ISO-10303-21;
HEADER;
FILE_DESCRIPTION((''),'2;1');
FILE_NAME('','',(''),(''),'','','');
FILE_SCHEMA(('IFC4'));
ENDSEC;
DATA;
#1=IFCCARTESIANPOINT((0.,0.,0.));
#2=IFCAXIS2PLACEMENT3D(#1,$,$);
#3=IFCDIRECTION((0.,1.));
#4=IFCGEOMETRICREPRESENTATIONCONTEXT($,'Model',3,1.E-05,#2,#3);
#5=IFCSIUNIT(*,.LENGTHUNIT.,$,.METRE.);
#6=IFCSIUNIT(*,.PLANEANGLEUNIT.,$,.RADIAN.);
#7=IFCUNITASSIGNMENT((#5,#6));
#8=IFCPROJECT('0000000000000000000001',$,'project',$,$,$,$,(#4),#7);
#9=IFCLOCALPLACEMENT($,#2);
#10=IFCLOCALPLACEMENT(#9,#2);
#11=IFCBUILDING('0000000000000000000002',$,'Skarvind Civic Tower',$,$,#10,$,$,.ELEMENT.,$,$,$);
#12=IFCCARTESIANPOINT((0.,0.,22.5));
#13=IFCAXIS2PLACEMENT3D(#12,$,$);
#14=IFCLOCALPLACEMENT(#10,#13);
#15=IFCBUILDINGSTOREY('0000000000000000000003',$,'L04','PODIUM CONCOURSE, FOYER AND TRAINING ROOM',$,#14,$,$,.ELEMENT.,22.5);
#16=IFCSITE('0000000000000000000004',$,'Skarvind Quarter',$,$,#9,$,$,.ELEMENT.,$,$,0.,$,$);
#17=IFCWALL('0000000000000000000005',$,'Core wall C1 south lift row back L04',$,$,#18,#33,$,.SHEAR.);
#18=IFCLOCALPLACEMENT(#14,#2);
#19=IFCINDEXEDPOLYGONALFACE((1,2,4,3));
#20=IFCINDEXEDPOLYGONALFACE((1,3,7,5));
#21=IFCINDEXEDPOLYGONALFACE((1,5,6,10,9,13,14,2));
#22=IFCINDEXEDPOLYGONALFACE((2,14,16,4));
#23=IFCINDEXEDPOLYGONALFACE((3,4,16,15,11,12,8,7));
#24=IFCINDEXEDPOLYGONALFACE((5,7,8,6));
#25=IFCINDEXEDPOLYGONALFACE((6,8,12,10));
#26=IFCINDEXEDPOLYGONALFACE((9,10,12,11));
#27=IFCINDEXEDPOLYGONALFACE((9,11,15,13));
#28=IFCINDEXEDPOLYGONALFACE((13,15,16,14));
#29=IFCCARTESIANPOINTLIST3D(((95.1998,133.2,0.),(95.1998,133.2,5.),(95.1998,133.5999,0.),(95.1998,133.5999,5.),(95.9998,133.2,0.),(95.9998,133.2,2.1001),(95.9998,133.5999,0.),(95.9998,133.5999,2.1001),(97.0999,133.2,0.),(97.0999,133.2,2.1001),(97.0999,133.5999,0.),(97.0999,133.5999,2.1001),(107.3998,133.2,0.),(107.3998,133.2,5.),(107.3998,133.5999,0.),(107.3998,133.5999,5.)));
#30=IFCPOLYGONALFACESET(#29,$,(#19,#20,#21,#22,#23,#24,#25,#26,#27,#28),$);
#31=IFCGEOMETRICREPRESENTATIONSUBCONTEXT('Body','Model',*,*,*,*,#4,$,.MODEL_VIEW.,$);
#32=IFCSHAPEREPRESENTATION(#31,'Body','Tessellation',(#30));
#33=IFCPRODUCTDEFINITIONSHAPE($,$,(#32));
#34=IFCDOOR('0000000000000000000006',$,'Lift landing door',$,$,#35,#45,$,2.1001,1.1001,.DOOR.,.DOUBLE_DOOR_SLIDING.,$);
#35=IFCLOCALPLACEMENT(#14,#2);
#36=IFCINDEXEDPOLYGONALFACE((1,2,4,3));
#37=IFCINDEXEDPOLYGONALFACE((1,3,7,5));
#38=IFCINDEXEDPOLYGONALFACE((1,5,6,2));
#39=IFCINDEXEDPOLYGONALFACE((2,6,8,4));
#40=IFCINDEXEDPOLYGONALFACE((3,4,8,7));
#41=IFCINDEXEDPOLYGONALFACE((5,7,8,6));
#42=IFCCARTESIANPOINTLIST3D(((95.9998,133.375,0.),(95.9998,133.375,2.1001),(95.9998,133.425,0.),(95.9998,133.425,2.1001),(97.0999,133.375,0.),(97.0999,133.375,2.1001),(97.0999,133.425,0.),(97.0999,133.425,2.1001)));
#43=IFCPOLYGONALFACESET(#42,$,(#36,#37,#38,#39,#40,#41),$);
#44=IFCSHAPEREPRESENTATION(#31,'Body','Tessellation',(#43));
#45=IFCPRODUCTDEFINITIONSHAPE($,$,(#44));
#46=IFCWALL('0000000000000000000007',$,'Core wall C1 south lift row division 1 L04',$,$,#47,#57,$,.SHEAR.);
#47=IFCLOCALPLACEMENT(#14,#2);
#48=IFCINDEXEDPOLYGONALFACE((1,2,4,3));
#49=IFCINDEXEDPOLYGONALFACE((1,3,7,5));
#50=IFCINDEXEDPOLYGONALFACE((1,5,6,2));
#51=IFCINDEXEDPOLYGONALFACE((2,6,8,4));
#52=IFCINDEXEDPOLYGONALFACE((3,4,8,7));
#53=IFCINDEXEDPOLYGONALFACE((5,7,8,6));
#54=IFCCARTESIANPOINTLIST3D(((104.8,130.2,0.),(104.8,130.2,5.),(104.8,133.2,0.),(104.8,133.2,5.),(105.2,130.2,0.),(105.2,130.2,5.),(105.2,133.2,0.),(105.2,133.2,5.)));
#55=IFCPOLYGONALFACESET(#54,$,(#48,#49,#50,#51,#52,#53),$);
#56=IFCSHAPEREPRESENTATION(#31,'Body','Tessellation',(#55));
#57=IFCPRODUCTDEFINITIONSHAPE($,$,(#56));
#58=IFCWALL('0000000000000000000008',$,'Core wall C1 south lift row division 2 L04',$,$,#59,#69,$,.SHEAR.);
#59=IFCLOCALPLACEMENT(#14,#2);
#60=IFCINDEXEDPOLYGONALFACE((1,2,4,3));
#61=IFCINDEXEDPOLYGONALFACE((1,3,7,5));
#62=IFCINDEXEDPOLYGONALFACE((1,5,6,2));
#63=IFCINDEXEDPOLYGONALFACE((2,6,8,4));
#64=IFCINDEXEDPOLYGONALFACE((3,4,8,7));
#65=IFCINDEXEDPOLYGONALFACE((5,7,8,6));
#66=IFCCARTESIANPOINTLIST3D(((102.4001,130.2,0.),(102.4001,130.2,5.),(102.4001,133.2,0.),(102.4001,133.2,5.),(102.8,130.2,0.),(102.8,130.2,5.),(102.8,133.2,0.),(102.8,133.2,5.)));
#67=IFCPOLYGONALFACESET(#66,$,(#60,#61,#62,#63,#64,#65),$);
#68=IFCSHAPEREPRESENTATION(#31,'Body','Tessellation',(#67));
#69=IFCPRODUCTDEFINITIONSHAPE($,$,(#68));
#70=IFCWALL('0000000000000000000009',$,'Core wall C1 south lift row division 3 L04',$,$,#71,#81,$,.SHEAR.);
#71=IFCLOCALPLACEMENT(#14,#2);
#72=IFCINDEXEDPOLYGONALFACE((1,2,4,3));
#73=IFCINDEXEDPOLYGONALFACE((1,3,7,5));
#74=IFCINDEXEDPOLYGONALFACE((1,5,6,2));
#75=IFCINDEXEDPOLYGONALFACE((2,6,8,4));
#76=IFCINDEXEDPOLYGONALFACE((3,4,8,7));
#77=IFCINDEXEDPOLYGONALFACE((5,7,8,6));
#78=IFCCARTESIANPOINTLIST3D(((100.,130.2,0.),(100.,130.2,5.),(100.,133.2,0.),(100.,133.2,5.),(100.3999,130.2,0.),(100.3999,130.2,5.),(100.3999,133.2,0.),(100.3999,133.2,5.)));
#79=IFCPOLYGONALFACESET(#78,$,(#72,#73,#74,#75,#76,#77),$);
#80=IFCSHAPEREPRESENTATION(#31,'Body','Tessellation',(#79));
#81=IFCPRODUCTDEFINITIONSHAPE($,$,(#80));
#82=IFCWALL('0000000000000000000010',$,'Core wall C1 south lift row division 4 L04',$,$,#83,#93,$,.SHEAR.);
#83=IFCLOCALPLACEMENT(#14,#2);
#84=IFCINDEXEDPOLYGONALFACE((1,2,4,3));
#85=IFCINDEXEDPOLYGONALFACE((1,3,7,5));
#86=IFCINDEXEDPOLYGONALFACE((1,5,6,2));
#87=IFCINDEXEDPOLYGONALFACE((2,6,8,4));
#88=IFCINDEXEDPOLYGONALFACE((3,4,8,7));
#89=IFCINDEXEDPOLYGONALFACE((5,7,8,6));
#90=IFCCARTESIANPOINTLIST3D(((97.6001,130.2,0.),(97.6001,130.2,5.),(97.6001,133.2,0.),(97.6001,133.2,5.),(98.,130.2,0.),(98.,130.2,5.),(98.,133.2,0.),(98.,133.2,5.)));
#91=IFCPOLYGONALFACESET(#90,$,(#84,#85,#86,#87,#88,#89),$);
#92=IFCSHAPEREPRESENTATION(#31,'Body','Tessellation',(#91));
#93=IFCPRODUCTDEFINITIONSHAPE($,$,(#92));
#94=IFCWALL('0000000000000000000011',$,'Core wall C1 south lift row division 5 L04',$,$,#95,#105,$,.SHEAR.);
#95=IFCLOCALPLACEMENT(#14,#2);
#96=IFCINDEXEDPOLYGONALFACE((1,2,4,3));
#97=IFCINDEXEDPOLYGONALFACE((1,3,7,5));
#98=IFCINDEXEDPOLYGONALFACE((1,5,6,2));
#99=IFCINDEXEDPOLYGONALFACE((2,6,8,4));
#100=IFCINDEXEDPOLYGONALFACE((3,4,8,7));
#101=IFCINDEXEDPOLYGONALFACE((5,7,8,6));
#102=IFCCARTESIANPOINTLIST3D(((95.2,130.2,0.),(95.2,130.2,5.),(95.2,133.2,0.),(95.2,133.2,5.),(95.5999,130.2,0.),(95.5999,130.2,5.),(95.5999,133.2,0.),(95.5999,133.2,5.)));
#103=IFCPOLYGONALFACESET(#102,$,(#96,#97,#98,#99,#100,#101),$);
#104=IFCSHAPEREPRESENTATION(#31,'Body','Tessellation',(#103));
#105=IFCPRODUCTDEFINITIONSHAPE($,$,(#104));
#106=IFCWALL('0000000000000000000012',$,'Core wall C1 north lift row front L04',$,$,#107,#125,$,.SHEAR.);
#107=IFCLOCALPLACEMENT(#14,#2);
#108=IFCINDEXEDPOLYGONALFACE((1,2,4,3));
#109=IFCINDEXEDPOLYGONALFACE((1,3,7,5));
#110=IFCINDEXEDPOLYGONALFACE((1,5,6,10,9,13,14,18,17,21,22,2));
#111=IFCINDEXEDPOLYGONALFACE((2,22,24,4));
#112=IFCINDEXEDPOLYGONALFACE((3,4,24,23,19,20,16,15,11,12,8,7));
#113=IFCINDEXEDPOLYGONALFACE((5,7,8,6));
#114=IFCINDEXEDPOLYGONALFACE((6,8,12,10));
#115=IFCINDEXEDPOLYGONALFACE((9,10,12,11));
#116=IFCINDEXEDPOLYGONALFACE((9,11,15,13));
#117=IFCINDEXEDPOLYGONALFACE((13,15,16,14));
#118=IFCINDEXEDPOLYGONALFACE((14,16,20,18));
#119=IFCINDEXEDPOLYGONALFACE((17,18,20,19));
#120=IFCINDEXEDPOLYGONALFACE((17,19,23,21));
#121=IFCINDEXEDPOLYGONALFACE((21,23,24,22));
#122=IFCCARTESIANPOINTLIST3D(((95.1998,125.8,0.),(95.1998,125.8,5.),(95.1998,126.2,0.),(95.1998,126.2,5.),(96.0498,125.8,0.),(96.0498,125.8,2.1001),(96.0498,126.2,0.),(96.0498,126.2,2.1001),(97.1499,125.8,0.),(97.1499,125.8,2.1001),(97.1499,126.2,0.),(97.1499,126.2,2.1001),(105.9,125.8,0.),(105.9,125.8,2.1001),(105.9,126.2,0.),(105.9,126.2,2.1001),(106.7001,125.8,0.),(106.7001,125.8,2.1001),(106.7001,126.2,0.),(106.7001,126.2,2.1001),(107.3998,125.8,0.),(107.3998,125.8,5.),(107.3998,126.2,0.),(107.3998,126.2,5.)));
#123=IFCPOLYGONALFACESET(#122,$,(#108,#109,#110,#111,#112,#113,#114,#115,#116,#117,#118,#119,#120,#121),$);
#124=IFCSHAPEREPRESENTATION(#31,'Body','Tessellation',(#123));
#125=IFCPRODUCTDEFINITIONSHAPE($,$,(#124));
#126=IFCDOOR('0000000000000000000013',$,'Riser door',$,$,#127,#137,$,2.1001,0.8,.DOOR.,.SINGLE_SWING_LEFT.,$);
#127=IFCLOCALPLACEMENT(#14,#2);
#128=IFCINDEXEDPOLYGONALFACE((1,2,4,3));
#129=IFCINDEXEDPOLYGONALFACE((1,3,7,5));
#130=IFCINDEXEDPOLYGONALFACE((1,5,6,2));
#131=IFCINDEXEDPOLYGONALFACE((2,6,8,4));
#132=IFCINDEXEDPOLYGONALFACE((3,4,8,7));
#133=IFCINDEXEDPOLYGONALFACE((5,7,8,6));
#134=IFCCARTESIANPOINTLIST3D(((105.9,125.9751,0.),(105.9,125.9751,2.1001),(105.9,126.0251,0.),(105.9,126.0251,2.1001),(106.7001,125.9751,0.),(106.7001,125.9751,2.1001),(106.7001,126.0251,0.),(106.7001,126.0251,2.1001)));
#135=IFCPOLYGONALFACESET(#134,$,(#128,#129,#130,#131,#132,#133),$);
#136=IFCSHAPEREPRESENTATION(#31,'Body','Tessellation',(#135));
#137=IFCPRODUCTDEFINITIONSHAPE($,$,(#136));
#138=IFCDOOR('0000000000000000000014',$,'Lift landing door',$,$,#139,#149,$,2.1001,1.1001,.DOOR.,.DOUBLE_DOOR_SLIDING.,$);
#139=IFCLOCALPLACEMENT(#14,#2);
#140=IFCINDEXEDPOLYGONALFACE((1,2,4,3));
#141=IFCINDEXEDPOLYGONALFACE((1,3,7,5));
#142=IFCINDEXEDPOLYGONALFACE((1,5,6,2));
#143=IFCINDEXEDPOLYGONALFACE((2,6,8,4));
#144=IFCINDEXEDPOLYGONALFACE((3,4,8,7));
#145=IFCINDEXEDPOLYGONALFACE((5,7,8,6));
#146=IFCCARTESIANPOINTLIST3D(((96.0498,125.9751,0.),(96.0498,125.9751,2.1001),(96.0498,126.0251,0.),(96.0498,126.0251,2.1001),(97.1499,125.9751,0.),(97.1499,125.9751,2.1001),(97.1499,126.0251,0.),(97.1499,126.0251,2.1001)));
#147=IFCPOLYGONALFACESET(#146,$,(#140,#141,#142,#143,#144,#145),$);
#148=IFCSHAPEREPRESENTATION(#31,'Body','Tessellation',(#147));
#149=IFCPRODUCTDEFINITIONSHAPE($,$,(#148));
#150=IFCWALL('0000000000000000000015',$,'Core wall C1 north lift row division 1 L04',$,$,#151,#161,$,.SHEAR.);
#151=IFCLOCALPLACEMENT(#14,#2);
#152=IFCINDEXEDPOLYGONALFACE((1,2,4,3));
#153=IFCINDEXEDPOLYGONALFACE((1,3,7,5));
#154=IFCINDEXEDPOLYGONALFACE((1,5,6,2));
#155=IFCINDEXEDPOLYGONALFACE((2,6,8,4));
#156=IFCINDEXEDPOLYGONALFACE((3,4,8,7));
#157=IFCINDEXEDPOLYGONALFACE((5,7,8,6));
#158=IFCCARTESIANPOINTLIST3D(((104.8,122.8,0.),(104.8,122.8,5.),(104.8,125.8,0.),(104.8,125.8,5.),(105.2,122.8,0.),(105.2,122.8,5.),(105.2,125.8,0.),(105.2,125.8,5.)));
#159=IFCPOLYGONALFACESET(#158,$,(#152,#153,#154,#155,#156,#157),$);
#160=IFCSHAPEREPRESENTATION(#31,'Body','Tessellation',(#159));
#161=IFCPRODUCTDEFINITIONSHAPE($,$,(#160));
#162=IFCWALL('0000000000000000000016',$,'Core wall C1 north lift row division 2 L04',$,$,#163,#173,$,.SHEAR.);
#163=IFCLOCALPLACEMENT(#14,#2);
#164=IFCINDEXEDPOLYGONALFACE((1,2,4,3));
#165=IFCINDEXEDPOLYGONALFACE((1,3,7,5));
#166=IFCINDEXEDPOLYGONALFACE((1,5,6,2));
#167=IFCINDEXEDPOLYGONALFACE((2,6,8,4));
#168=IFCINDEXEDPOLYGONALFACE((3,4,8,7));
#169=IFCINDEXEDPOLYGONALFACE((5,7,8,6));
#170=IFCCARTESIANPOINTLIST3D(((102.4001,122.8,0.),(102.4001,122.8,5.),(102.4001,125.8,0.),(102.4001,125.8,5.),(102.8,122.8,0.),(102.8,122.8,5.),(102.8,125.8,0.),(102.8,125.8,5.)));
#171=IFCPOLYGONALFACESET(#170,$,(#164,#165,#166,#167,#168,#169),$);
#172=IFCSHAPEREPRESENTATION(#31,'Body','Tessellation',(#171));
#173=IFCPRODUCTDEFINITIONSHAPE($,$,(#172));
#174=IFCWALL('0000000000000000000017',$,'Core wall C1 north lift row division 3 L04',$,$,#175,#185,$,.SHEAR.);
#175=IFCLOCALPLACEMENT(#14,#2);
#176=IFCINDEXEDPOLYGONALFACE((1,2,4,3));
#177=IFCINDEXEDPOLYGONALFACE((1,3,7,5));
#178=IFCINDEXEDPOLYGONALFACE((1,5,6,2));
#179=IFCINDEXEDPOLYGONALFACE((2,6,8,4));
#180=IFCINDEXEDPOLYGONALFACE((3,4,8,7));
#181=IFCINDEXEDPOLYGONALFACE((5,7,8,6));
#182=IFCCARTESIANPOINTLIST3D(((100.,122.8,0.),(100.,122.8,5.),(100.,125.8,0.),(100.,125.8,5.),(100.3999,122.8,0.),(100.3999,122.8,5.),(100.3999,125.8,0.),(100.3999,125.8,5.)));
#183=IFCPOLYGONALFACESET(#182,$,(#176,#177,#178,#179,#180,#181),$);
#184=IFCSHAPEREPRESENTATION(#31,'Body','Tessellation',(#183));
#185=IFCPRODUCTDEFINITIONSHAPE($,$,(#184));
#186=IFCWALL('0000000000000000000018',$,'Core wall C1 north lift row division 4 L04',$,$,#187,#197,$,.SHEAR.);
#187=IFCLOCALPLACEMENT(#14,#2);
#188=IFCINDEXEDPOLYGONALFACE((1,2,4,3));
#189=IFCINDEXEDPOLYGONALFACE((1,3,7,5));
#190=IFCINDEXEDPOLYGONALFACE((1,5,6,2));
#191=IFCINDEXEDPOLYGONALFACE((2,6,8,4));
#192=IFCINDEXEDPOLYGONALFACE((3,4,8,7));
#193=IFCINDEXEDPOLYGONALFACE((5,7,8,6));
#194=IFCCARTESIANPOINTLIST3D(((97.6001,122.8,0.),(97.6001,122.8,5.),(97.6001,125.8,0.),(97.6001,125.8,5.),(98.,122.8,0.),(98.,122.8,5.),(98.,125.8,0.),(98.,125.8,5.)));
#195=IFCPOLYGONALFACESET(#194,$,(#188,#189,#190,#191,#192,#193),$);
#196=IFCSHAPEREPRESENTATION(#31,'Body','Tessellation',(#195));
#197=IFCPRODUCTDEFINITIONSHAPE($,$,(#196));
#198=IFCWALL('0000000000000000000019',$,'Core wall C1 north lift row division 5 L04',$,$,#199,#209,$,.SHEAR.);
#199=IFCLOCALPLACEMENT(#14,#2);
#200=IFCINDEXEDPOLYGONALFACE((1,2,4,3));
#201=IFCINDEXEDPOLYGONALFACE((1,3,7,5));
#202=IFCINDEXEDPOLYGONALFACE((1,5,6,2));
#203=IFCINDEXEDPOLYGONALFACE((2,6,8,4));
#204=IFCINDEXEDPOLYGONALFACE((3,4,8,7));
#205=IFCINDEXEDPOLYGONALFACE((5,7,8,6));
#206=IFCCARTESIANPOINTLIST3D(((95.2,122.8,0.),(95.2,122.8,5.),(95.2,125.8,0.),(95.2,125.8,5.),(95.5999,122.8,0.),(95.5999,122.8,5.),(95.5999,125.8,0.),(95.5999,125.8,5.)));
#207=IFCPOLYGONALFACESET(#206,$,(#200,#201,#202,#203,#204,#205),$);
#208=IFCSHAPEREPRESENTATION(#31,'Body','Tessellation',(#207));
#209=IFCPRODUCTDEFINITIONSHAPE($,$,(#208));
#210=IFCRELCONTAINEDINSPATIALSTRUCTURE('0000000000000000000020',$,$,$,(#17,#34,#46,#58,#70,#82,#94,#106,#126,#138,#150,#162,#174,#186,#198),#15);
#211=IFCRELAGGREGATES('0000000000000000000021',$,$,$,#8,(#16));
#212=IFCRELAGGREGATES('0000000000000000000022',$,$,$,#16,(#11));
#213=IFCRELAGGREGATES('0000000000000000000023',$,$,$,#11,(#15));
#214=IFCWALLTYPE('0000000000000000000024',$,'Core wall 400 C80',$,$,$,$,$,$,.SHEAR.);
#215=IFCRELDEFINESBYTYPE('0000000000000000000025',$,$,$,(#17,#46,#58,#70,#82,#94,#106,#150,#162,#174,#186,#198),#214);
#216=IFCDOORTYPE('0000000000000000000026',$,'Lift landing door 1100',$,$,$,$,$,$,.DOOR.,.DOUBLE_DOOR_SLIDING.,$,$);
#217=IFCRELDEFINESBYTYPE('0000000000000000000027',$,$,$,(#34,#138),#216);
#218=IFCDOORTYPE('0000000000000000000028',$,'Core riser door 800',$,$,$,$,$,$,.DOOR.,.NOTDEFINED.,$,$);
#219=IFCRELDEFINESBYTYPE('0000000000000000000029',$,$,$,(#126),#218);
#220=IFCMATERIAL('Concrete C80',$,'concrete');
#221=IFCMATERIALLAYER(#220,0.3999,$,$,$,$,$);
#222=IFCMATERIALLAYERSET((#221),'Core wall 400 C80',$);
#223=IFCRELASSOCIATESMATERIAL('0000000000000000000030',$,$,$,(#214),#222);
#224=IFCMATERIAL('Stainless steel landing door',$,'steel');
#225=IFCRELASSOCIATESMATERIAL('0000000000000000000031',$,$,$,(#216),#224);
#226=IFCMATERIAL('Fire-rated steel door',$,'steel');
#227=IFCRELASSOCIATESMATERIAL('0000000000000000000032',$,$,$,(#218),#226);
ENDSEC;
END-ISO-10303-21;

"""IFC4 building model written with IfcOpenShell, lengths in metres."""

from ifc_helpers import new_model, si_unit, direction, frame, frame_2d, origin, place, context, subcontext, project, spatial, rectangle, extrude, material, layer, layer_set, type_object, element, fill, save


model = new_model("IFC4")

# Units and contexts
model_context = context("Model", 3, precision=1e-05, world=origin(), true_north=direction((0.0, 1.0)))
body_context = subcontext(model_context, "Body", "Model", "MODEL_VIEW")
ifc_project = project(units=[si_unit("LENGTHUNIT", "METRE"), si_unit("PLANEANGLEUNIT", "RADIAN")], contexts=[model_context])

# Site, building, storey
site_placement = place(None, origin())
site = spatial("IfcSite", under=ifc_project, at=site_placement, Name="Skarvind Quarter", CompositionType="ELEMENT", RefElevation=0.0)
building_placement = place(site_placement, origin())
building = spatial("IfcBuilding", under=site, at=building_placement, Name="Skarvind Civic Tower", CompositionType="ELEMENT")
storey_placement = place(building_placement, frame((0.0, 0.0, 22.5)))
storey = spatial("IfcBuildingStorey", under=building, at=storey_placement, Name="L04", Description="PODIUM CONCOURSE, FOYER AND TRAINING ROOM", CompositionType="ELEMENT", Elevation=22.5)

# Shared definitions
ifc_material_1 = material(Name="Fire-rated steel door", Category="steel")

# Shared definitions
ifc_material_2 = material(Name="Concrete C80", Category="concrete")
ifc_layer_1 = layer(ifc_material_2, 0.3999)
ifc_layer_set_1 = layer_set([ifc_layer_1], Name="Core wall 400 C80")
wall_type_1 = type_object("IfcWallType", Name="Core wall 400 C80", PredefinedType="SHEAR", material=ifc_layer_set_1)

# Shared definitions
ifc_material_3 = material(Name="Stainless steel landing door", Category="steel")
door_type_1 = type_object("IfcDoorType", Name="Lift landing door 1100", OperationType="DOUBLE_DOOR_SLIDING", PredefinedType="DOOR", material=ifc_material_3)

# Wall, opening, door
wall_1_placement = place(storey_placement, frame((107.3999, 133.3999, 0.0), z_axis=(0.0, 0.0, 1.0), x_axis=(-1.0, 0.0, 0.0)))
wall_1 = element("IfcWall", 1, at=wall_1_placement, inside=storey, type_object=wall_type_1, Name="Core wall C1 south lift row back L04", PredefinedType="SHEAR", context=body_context, shape_type="SweptSolid", body=[
    extrude(rectangle(XDim=12.2, YDim=0.3999, at=frame_2d((6.1001, 0.0))), origin(), (0.0, 0.0, 1.0), 5.0),
])
opening_1_placement = place(wall_1_placement, frame((10.3, 0.0, 0.0)))
opening_1 = element("IfcOpeningElement", 2, at=opening_1_placement, cuts=wall_1, PredefinedType="OPENING", context=body_context, shape_type="SweptSolid", body=[
    extrude(rectangle(XDim=1.1001, YDim=2.1001, at=frame_2d((0.55, 1.05))), frame((0.0, 0.21, 0.0), z_axis=(0.0, -1.0, 0.0), x_axis=(1.0, 0.0, 0.0)), (0.0, 0.0, 1.0), 0.4199),
])
door_1_placement = place(opening_1_placement, origin())
door_1 = element("IfcDoor", 3, at=door_1_placement, inside=storey, type_object=door_type_1, Name="Lift landing door", OperationType="DOUBLE_DOOR_SLIDING", OverallHeight=2.1001, OverallWidth=1.1001, PredefinedType="DOOR", context=body_context, shape_type="SweptSolid", body=[
    extrude(rectangle(XDim=1.1001, YDim=2.1001, at=frame_2d((0.55, 1.05))), frame((0.0, 0.0249, 0.0), z_axis=(0.0, -1.0, 0.0), x_axis=(1.0, 0.0, 0.0)), (0.0, 0.0, 1.0), 0.05),
])
fill(opening_1, door_1)

# Walls
for number, where, z_axis, x_axis, name in (
    (4, (105.0, 133.2, 0.0), (0.0, 0.0, 1.0), (0.0, -1.0, 0.0), "Core wall C1 south lift row division 1 L04"),
    (5, (102.6001, 133.2, 0.0), (0.0, 0.0, 1.0), (0.0, -1.0, 0.0), "Core wall C1 south lift row division 2 L04"),
    (6, (100.2, 133.2, 0.0), (0.0, 0.0, 1.0), (0.0, -1.0, 0.0), "Core wall C1 south lift row division 3 L04"),
    (7, (97.8, 133.2, 0.0), (0.0, 0.0, 1.0), (0.0, -1.0, 0.0), "Core wall C1 south lift row division 4 L04"),
    (8, (95.3999, 133.2, 0.0), (0.0, 0.0, 1.0), (0.0, -1.0, 0.0), "Core wall C1 south lift row division 5 L04"),
):
    element("IfcWall", number, at=place(storey_placement, frame(where, z_axis=z_axis, x_axis=x_axis)), inside=storey, type_object=wall_type_1, Name=name, PredefinedType="SHEAR", context=body_context, shape_type="SweptSolid", body=[
        extrude(rectangle(XDim=3.0, YDim=0.3999, at=frame_2d((1.5, 0.0))), origin(), (0.0, 0.0, 1.0), 5.0),
    ])

# Wall, openings, doors
wall_2_placement = place(storey_placement, frame((107.3999, 126.0, 0.0), z_axis=(0.0, 0.0, 1.0), x_axis=(-1.0, 0.0, 0.0)))
wall_2 = element("IfcWall", 9, at=wall_2_placement, inside=storey, type_object=wall_type_1, Name="Core wall C1 north lift row front L04", PredefinedType="SHEAR", context=body_context, shape_type="SweptSolid", body=[
    extrude(rectangle(XDim=12.2, YDim=0.3999, at=frame_2d((6.1001, 0.0))), origin(), (0.0, 0.0, 1.0), 5.0),
])
opening_2_placement = place(wall_2_placement, frame((10.25, 0.0, 0.0)))
opening_2 = element("IfcOpeningElement", 10, at=opening_2_placement, cuts=wall_2, PredefinedType="OPENING", context=body_context, shape_type="SweptSolid", body=[
    extrude(rectangle(XDim=1.1001, YDim=2.1001, at=frame_2d((0.55, 1.05))), frame((0.0, 0.21, 0.0), z_axis=(0.0, -1.0, 0.0), x_axis=(1.0, 0.0, 0.0)), (0.0, 0.0, 1.0), 0.4199),
])
opening_3_placement = place(wall_2_placement, frame((0.7, 0.0, 0.0)))
opening_3 = element("IfcOpeningElement", 11, at=opening_3_placement, cuts=wall_2, PredefinedType="OPENING", context=body_context, shape_type="SweptSolid", body=[
    extrude(rectangle(XDim=0.8, YDim=2.1001, at=frame_2d((0.3999, 1.05))), frame((0.0, 0.21, 0.0), z_axis=(0.0, -1.0, 0.0), x_axis=(1.0, 0.0, 0.0)), (0.0, 0.0, 1.0), 0.4199),
])
door_type_2 = type_object("IfcDoorType", Name="Core riser door 800", OperationType="NOTDEFINED", PredefinedType="DOOR", material=ifc_material_1)
door_2_placement = place(opening_3_placement, origin())
door_2 = element("IfcDoor", 12, at=door_2_placement, inside=storey, type_object=door_type_2, Name="Riser door", OperationType="SINGLE_SWING_LEFT", OverallHeight=2.1001, OverallWidth=0.8, PredefinedType="DOOR", context=body_context, shape_type="SweptSolid", body=[
    extrude(rectangle(XDim=0.8, YDim=2.1001, at=frame_2d((0.3999, 1.05))), frame((0.0, 0.0249, 0.0), z_axis=(0.0, -1.0, 0.0), x_axis=(1.0, 0.0, 0.0)), (0.0, 0.0, 1.0), 0.05),
])
fill(opening_3, door_2)
door_3_placement = place(opening_2_placement, origin())
door_3 = element("IfcDoor", 13, at=door_3_placement, inside=storey, type_object=door_type_1, Name="Lift landing door", OperationType="DOUBLE_DOOR_SLIDING", OverallHeight=2.1001, OverallWidth=1.1001, PredefinedType="DOOR", context=body_context, shape_type="SweptSolid", body=[
    extrude(rectangle(XDim=1.1001, YDim=2.1001, at=frame_2d((0.55, 1.05))), frame((0.0, 0.0249, 0.0), z_axis=(0.0, -1.0, 0.0), x_axis=(1.0, 0.0, 0.0)), (0.0, 0.0, 1.0), 0.05),
])
fill(opening_2, door_3)

# Walls
for number, where, z_axis, x_axis, name in (
    (14, (105.0, 125.8, 0.0), (0.0, 0.0, 1.0), (0.0, -1.0, 0.0), "Core wall C1 north lift row division 1 L04"),
    (15, (102.6001, 125.8, 0.0), (0.0, 0.0, 1.0), (0.0, -1.0, 0.0), "Core wall C1 north lift row division 2 L04"),
    (16, (100.2, 125.8, 0.0), (0.0, 0.0, 1.0), (0.0, -1.0, 0.0), "Core wall C1 north lift row division 3 L04"),
    (17, (97.8, 125.8, 0.0), (0.0, 0.0, 1.0), (0.0, -1.0, 0.0), "Core wall C1 north lift row division 4 L04"),
    (18, (95.3999, 125.8, 0.0), (0.0, 0.0, 1.0), (0.0, -1.0, 0.0), "Core wall C1 north lift row division 5 L04"),
):
    element("IfcWall", number, at=place(storey_placement, frame(where, z_axis=z_axis, x_axis=x_axis)), inside=storey, type_object=wall_type_1, Name=name, PredefinedType="SHEAR", context=body_context, shape_type="SweptSolid", body=[
        extrude(rectangle(XDim=3.0, YDim=0.3999, at=frame_2d((1.5, 0.0))), origin(), (0.0, 0.0, 1.0), 5.0),
    ])

save(model, "model.ifc")
